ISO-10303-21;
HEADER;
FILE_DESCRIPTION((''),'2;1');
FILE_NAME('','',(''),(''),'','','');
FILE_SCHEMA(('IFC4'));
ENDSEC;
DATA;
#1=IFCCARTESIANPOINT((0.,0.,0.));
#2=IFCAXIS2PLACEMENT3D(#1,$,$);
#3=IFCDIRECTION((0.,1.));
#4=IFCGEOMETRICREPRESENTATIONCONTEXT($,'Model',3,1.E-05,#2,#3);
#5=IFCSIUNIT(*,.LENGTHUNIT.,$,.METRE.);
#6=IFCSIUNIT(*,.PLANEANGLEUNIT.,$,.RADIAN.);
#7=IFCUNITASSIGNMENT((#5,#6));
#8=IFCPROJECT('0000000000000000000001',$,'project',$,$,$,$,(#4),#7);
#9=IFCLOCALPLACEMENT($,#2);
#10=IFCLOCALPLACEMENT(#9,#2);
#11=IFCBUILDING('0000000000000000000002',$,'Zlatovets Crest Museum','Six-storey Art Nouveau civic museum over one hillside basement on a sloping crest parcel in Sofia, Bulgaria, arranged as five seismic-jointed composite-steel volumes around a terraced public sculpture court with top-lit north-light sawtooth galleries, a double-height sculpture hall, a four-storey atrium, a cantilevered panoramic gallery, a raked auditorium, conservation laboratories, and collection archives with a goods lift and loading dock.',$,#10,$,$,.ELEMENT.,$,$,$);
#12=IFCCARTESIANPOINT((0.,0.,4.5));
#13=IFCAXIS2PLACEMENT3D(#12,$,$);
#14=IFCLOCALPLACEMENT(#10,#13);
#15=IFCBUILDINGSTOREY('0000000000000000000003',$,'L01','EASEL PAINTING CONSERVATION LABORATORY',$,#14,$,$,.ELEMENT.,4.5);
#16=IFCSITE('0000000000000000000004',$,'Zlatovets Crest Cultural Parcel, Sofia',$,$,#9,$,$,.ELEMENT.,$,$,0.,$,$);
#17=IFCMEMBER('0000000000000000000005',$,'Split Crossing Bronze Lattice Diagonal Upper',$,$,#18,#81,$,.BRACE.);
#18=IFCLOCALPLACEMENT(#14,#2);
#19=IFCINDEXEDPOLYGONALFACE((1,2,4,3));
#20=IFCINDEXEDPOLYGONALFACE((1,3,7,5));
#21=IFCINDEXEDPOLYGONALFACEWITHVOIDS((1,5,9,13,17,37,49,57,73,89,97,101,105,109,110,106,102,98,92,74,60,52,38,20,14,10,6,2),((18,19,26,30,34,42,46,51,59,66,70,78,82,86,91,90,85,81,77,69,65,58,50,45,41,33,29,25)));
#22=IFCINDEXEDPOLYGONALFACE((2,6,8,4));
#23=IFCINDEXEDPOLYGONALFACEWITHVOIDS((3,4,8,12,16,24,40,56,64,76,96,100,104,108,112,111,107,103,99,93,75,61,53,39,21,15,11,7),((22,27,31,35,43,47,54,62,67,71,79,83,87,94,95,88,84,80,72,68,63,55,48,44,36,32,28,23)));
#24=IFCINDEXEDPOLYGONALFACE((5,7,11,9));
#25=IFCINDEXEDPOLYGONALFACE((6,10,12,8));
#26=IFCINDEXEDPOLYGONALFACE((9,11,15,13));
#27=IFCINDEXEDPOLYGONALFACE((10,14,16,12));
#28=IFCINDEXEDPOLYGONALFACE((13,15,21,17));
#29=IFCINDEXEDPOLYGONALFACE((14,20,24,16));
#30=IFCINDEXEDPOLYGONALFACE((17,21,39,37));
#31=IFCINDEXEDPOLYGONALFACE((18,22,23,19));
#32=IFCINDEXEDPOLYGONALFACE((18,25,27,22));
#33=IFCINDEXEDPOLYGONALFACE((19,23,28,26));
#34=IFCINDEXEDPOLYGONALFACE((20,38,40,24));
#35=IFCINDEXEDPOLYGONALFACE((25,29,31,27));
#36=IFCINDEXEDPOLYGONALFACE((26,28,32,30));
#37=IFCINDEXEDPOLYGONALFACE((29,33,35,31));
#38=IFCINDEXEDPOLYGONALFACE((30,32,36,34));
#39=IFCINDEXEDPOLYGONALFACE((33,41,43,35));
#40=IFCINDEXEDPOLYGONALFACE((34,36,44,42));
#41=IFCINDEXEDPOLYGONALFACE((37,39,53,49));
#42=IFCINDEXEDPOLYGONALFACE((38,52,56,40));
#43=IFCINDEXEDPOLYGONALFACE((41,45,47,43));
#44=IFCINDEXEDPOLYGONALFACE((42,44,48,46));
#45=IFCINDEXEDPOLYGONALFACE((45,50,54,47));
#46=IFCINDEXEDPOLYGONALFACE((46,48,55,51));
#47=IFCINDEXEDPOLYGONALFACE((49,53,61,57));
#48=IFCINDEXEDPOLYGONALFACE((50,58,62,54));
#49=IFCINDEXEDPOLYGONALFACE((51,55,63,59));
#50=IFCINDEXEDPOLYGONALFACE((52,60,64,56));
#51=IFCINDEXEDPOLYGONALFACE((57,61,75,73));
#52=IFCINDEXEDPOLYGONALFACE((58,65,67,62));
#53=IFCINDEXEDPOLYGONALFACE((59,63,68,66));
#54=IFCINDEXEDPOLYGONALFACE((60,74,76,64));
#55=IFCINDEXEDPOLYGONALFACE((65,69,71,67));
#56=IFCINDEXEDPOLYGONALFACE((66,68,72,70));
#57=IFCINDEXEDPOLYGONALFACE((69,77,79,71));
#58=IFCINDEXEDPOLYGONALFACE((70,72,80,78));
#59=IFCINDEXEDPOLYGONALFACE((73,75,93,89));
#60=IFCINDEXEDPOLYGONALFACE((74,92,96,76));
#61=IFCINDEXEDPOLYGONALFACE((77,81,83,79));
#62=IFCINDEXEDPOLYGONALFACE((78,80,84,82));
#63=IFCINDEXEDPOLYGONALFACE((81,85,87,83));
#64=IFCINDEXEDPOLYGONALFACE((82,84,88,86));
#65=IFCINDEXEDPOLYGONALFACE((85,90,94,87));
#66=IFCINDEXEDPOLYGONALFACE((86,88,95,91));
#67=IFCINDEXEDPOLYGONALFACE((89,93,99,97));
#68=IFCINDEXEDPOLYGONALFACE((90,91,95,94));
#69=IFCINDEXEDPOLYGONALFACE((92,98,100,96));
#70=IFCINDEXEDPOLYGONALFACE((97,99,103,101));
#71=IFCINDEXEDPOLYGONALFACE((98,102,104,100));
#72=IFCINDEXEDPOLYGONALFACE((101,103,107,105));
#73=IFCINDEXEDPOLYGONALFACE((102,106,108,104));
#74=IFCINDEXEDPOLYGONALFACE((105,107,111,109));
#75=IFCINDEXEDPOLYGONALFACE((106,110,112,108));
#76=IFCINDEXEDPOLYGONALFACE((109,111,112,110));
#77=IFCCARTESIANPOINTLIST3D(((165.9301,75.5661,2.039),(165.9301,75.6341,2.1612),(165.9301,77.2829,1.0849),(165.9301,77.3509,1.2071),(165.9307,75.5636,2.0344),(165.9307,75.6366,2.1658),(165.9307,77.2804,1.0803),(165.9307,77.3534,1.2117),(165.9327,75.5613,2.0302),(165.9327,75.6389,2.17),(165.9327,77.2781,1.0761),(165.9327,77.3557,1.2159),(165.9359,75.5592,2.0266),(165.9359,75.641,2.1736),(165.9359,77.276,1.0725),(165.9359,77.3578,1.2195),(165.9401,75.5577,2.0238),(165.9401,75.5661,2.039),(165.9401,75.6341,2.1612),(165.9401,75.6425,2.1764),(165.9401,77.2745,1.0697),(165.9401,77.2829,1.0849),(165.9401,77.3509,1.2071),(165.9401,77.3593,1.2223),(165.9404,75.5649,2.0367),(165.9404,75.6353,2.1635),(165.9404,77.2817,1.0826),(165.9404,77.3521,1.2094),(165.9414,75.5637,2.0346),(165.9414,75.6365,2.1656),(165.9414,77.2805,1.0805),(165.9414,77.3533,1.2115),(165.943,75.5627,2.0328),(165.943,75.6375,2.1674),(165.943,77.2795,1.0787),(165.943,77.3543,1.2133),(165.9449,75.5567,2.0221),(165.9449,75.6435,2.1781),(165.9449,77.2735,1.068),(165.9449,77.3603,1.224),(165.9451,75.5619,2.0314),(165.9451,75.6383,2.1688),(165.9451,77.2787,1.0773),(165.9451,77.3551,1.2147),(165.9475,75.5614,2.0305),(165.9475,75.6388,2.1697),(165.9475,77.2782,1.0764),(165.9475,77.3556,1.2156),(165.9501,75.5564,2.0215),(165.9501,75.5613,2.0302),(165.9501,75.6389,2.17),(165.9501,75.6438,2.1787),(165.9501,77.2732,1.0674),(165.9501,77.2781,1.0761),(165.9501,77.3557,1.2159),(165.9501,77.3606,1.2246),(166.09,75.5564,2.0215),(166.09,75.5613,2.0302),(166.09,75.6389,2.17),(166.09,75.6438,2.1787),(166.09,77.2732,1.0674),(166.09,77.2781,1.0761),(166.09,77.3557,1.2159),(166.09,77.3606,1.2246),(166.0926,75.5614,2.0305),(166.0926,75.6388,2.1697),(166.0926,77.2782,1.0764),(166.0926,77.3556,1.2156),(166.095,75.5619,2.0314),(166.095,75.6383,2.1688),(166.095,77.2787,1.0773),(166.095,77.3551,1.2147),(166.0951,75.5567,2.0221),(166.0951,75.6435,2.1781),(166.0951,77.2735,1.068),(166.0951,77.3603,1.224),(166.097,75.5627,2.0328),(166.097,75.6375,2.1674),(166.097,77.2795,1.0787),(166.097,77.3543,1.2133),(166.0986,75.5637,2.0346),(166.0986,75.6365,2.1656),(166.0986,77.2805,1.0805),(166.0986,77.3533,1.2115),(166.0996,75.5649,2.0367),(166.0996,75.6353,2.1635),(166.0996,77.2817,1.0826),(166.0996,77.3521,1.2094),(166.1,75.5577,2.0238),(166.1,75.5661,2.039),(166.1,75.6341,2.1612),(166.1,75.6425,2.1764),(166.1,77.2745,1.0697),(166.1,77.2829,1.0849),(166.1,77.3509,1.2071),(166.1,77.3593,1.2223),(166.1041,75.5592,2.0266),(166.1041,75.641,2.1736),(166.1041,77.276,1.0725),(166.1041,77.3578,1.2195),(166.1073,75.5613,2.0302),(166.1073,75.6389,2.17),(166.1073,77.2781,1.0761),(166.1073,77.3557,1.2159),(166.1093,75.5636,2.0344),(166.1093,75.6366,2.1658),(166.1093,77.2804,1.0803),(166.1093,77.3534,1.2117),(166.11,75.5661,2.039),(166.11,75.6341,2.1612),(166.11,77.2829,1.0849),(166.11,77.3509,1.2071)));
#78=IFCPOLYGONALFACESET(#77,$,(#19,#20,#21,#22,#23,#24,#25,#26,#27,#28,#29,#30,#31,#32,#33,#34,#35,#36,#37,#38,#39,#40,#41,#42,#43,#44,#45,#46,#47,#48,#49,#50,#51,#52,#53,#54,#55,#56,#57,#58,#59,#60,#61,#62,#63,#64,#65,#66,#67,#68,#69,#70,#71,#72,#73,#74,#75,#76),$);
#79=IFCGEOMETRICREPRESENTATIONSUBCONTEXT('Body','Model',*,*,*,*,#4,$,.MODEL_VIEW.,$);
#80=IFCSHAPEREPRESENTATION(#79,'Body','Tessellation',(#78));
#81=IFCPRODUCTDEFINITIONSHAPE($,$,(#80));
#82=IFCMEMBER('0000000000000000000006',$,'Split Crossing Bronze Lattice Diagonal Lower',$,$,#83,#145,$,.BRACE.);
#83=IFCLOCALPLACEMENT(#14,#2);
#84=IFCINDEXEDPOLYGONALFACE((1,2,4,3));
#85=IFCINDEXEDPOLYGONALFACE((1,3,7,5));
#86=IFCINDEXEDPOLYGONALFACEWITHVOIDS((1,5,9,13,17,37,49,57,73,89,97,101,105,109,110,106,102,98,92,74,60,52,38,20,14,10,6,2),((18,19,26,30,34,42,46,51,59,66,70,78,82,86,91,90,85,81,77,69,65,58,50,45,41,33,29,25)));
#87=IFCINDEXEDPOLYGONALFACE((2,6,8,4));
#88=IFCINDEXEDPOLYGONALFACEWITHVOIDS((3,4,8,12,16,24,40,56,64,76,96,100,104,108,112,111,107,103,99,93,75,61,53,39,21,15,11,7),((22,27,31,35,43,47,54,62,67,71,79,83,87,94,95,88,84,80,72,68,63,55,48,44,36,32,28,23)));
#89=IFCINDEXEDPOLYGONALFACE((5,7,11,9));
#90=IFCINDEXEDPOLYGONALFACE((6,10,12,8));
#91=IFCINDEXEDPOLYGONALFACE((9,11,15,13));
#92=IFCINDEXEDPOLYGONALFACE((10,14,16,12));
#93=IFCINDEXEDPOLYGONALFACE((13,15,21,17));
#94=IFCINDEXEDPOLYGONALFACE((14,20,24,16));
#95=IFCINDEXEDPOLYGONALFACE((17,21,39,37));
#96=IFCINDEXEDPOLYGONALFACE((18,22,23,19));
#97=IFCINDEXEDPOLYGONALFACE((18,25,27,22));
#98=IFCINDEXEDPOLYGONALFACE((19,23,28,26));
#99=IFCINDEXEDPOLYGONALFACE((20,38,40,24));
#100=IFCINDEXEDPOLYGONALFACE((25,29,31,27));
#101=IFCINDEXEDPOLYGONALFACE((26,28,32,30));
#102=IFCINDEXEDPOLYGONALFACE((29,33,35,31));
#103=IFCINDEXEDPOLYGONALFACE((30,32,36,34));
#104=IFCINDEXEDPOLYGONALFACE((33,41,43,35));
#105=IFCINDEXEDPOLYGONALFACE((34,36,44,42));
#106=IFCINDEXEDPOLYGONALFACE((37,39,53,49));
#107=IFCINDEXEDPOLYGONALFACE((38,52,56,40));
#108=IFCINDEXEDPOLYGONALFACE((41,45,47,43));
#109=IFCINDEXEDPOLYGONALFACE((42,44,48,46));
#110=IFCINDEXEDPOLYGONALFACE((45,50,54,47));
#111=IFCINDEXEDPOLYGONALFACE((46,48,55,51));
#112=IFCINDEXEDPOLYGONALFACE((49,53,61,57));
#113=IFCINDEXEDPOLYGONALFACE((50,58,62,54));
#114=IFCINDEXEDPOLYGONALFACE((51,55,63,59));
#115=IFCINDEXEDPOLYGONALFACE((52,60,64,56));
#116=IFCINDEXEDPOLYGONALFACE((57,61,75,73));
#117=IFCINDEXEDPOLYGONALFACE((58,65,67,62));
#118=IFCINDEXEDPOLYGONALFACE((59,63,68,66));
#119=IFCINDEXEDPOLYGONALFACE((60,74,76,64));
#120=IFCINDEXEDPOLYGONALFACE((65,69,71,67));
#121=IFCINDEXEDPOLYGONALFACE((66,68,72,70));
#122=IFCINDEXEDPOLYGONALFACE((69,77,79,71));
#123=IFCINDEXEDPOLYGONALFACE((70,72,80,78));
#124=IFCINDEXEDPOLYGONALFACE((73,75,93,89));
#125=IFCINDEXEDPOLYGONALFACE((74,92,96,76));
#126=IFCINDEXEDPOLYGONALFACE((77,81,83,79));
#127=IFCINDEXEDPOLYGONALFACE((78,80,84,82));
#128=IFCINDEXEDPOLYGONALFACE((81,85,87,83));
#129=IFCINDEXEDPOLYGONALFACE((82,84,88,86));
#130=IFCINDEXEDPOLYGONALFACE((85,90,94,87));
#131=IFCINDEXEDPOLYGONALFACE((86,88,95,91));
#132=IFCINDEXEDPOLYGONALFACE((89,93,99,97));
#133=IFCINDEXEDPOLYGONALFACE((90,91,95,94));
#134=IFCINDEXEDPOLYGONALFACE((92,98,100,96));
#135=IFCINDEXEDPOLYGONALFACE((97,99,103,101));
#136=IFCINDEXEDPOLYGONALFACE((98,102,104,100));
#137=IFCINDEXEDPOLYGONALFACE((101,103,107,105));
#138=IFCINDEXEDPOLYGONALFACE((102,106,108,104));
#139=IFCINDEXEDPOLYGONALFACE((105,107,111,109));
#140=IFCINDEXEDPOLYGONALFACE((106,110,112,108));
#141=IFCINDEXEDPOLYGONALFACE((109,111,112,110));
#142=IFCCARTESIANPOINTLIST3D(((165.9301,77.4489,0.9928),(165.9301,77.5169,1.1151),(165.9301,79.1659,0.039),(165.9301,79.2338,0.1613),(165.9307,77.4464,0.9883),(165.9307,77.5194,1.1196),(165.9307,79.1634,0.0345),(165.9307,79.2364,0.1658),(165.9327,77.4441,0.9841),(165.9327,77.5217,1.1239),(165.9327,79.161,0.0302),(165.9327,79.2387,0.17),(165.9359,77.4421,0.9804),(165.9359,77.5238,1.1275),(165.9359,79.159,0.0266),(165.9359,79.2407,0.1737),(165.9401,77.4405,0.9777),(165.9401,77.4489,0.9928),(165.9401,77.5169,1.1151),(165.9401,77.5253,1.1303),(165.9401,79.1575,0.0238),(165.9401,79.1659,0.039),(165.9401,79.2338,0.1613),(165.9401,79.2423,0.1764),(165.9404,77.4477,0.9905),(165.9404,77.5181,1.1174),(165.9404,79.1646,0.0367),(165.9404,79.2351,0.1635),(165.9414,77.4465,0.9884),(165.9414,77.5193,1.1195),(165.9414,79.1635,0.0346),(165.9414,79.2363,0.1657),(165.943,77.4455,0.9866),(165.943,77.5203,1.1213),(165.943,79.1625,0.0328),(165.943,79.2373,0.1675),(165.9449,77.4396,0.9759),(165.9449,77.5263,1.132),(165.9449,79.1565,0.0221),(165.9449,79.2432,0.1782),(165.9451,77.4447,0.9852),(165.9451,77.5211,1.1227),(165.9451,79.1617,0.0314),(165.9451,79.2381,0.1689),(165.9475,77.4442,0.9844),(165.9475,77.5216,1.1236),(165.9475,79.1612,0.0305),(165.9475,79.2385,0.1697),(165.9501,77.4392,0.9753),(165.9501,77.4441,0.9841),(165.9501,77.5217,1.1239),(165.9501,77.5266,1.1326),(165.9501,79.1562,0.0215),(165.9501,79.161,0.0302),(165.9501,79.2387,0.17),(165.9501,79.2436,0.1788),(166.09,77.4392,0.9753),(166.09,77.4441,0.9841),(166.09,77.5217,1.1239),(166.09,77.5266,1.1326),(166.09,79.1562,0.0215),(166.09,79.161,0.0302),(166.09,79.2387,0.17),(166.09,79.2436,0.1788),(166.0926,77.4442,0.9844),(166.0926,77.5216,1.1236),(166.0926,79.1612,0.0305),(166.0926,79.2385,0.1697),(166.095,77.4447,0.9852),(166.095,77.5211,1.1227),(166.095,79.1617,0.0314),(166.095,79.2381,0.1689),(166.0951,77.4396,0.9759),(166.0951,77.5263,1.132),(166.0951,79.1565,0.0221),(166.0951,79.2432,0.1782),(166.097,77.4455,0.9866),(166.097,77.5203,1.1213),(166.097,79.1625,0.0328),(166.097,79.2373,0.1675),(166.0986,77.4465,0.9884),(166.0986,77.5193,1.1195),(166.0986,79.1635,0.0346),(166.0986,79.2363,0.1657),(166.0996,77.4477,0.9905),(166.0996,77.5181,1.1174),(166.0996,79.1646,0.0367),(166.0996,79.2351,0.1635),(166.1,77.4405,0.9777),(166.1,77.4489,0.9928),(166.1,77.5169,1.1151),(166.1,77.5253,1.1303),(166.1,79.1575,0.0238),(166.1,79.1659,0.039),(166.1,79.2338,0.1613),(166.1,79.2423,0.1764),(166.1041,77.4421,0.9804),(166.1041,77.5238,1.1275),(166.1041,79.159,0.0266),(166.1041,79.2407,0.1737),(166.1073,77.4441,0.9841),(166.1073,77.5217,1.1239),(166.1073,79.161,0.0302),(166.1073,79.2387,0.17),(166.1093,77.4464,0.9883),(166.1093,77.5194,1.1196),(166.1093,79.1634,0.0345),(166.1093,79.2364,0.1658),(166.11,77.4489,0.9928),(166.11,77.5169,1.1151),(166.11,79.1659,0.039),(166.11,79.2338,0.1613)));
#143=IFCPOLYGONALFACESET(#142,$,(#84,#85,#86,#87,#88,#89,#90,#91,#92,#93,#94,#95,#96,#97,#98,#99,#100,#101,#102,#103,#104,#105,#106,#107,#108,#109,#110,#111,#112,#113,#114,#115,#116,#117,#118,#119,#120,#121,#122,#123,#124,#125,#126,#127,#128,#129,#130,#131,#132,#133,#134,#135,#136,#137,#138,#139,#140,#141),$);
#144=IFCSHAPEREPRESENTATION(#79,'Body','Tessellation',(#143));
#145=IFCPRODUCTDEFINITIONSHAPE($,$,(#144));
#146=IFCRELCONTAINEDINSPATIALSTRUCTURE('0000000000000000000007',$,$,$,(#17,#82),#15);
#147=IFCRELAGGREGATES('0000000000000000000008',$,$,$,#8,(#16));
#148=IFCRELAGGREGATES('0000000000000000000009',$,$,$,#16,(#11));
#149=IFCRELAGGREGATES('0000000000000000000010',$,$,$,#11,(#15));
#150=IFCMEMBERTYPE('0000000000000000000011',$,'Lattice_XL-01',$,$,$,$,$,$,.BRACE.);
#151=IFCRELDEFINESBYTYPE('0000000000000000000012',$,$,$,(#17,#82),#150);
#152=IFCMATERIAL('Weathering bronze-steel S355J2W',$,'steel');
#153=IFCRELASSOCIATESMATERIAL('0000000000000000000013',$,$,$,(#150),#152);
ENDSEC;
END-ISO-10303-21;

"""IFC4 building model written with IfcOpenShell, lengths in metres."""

from ifc_helpers import new_model, si_unit, direction, frame, origin, origin_2d, place, context, subcontext, project, spatial, hollow_rectangle, extrude, material, material_profile, profile_set, type_object, element, save


model = new_model("IFC4")

# Units and contexts
model_context = context("Model", 3, precision=1e-05, world=origin(), true_north=direction((0.0, 1.0)))
body_context = subcontext(model_context, "Body", "Model", "MODEL_VIEW")
ifc_project = project(units=[si_unit("LENGTHUNIT", "METRE"), si_unit("PLANEANGLEUNIT", "RADIAN")], contexts=[model_context])

# Site, building, storey
site_placement = place(None, origin())
site = spatial("IfcSite", under=ifc_project, at=site_placement, Name="Zlatovets Crest Cultural Parcel, Sofia", CompositionType="ELEMENT", RefElevation=0.0)
building_placement = place(site_placement, origin())
building = spatial("IfcBuilding", under=site, at=building_placement, Name="Zlatovets Crest Museum", Description="Six-storey Art Nouveau civic museum over one hillside basement on a sloping crest parcel in Sofia, Bulgaria, arranged as five seismic-jointed composite-steel volumes around a terraced public sculpture court with top-lit north-light sawtooth galleries, a double-height sculpture hall, a four-storey atrium, a cantilevered panoramic gallery, a raked auditorium, conservation laboratories, and collection archives with a goods lift and loading dock.", CompositionType="ELEMENT")
storey_placement = place(building_placement, frame((0.0, 0.0, 4.5)))
storey = spatial("IfcBuildingStorey", under=building, at=storey_placement, Name="L01", Description="EASEL PAINTING CONSERVATION LABORATORY", CompositionType="ELEMENT", Elevation=4.5)

# Members
ifc_material_1 = material(Name="Weathering bronze-steel S355J2W", Category="steel")
ifc_material_profile_1 = material_profile(ifc_material_1, hollow_rectangle(XDim=0.1799, YDim=0.1799, WallThickness=0.01, InnerFilletRadius=0.01, OuterFilletRadius=0.02, at=origin_2d()), Name="SHS 180x180x10.0")
ifc_profile_set_1 = profile_set([ifc_material_profile_1], Name="Weathering bronze-steel S355J2W")
member_type_1 = type_object("IfcMemberType", Name="Lattice_XL-01", PredefinedType="BRACE", material=ifc_profile_set_1)
for number, where, z_axis, x_axis, name in (
    (1, (166.02, 75.6001, 2.1001), (0.0, 0.874087, -0.48577), (-1.0, 0.0, 0.0), "Split Crossing Bronze Lattice Diagonal Upper"),
    (2, (166.02, 77.4829, 1.054), (0.0, 0.874169, -0.485622), (-1.0, 0.0, 0.0), "Split Crossing Bronze Lattice Diagonal Lower"),
):
    element("IfcMember", number, at=place(storey_placement, frame(where, z_axis=z_axis, x_axis=x_axis)), inside=storey, type_object=member_type_1, Name=name, PredefinedType="BRACE", context=body_context, shape_type="SweptSolid", body=[
        extrude(hollow_rectangle(XDim=0.1799, YDim=0.1799, WallThickness=0.01, InnerFilletRadius=0.01, OuterFilletRadius=0.02, at=origin_2d()), origin(), (0.0, 0.0, 1.0), 1.9641),
    ])

save(model, "model.ifc")
